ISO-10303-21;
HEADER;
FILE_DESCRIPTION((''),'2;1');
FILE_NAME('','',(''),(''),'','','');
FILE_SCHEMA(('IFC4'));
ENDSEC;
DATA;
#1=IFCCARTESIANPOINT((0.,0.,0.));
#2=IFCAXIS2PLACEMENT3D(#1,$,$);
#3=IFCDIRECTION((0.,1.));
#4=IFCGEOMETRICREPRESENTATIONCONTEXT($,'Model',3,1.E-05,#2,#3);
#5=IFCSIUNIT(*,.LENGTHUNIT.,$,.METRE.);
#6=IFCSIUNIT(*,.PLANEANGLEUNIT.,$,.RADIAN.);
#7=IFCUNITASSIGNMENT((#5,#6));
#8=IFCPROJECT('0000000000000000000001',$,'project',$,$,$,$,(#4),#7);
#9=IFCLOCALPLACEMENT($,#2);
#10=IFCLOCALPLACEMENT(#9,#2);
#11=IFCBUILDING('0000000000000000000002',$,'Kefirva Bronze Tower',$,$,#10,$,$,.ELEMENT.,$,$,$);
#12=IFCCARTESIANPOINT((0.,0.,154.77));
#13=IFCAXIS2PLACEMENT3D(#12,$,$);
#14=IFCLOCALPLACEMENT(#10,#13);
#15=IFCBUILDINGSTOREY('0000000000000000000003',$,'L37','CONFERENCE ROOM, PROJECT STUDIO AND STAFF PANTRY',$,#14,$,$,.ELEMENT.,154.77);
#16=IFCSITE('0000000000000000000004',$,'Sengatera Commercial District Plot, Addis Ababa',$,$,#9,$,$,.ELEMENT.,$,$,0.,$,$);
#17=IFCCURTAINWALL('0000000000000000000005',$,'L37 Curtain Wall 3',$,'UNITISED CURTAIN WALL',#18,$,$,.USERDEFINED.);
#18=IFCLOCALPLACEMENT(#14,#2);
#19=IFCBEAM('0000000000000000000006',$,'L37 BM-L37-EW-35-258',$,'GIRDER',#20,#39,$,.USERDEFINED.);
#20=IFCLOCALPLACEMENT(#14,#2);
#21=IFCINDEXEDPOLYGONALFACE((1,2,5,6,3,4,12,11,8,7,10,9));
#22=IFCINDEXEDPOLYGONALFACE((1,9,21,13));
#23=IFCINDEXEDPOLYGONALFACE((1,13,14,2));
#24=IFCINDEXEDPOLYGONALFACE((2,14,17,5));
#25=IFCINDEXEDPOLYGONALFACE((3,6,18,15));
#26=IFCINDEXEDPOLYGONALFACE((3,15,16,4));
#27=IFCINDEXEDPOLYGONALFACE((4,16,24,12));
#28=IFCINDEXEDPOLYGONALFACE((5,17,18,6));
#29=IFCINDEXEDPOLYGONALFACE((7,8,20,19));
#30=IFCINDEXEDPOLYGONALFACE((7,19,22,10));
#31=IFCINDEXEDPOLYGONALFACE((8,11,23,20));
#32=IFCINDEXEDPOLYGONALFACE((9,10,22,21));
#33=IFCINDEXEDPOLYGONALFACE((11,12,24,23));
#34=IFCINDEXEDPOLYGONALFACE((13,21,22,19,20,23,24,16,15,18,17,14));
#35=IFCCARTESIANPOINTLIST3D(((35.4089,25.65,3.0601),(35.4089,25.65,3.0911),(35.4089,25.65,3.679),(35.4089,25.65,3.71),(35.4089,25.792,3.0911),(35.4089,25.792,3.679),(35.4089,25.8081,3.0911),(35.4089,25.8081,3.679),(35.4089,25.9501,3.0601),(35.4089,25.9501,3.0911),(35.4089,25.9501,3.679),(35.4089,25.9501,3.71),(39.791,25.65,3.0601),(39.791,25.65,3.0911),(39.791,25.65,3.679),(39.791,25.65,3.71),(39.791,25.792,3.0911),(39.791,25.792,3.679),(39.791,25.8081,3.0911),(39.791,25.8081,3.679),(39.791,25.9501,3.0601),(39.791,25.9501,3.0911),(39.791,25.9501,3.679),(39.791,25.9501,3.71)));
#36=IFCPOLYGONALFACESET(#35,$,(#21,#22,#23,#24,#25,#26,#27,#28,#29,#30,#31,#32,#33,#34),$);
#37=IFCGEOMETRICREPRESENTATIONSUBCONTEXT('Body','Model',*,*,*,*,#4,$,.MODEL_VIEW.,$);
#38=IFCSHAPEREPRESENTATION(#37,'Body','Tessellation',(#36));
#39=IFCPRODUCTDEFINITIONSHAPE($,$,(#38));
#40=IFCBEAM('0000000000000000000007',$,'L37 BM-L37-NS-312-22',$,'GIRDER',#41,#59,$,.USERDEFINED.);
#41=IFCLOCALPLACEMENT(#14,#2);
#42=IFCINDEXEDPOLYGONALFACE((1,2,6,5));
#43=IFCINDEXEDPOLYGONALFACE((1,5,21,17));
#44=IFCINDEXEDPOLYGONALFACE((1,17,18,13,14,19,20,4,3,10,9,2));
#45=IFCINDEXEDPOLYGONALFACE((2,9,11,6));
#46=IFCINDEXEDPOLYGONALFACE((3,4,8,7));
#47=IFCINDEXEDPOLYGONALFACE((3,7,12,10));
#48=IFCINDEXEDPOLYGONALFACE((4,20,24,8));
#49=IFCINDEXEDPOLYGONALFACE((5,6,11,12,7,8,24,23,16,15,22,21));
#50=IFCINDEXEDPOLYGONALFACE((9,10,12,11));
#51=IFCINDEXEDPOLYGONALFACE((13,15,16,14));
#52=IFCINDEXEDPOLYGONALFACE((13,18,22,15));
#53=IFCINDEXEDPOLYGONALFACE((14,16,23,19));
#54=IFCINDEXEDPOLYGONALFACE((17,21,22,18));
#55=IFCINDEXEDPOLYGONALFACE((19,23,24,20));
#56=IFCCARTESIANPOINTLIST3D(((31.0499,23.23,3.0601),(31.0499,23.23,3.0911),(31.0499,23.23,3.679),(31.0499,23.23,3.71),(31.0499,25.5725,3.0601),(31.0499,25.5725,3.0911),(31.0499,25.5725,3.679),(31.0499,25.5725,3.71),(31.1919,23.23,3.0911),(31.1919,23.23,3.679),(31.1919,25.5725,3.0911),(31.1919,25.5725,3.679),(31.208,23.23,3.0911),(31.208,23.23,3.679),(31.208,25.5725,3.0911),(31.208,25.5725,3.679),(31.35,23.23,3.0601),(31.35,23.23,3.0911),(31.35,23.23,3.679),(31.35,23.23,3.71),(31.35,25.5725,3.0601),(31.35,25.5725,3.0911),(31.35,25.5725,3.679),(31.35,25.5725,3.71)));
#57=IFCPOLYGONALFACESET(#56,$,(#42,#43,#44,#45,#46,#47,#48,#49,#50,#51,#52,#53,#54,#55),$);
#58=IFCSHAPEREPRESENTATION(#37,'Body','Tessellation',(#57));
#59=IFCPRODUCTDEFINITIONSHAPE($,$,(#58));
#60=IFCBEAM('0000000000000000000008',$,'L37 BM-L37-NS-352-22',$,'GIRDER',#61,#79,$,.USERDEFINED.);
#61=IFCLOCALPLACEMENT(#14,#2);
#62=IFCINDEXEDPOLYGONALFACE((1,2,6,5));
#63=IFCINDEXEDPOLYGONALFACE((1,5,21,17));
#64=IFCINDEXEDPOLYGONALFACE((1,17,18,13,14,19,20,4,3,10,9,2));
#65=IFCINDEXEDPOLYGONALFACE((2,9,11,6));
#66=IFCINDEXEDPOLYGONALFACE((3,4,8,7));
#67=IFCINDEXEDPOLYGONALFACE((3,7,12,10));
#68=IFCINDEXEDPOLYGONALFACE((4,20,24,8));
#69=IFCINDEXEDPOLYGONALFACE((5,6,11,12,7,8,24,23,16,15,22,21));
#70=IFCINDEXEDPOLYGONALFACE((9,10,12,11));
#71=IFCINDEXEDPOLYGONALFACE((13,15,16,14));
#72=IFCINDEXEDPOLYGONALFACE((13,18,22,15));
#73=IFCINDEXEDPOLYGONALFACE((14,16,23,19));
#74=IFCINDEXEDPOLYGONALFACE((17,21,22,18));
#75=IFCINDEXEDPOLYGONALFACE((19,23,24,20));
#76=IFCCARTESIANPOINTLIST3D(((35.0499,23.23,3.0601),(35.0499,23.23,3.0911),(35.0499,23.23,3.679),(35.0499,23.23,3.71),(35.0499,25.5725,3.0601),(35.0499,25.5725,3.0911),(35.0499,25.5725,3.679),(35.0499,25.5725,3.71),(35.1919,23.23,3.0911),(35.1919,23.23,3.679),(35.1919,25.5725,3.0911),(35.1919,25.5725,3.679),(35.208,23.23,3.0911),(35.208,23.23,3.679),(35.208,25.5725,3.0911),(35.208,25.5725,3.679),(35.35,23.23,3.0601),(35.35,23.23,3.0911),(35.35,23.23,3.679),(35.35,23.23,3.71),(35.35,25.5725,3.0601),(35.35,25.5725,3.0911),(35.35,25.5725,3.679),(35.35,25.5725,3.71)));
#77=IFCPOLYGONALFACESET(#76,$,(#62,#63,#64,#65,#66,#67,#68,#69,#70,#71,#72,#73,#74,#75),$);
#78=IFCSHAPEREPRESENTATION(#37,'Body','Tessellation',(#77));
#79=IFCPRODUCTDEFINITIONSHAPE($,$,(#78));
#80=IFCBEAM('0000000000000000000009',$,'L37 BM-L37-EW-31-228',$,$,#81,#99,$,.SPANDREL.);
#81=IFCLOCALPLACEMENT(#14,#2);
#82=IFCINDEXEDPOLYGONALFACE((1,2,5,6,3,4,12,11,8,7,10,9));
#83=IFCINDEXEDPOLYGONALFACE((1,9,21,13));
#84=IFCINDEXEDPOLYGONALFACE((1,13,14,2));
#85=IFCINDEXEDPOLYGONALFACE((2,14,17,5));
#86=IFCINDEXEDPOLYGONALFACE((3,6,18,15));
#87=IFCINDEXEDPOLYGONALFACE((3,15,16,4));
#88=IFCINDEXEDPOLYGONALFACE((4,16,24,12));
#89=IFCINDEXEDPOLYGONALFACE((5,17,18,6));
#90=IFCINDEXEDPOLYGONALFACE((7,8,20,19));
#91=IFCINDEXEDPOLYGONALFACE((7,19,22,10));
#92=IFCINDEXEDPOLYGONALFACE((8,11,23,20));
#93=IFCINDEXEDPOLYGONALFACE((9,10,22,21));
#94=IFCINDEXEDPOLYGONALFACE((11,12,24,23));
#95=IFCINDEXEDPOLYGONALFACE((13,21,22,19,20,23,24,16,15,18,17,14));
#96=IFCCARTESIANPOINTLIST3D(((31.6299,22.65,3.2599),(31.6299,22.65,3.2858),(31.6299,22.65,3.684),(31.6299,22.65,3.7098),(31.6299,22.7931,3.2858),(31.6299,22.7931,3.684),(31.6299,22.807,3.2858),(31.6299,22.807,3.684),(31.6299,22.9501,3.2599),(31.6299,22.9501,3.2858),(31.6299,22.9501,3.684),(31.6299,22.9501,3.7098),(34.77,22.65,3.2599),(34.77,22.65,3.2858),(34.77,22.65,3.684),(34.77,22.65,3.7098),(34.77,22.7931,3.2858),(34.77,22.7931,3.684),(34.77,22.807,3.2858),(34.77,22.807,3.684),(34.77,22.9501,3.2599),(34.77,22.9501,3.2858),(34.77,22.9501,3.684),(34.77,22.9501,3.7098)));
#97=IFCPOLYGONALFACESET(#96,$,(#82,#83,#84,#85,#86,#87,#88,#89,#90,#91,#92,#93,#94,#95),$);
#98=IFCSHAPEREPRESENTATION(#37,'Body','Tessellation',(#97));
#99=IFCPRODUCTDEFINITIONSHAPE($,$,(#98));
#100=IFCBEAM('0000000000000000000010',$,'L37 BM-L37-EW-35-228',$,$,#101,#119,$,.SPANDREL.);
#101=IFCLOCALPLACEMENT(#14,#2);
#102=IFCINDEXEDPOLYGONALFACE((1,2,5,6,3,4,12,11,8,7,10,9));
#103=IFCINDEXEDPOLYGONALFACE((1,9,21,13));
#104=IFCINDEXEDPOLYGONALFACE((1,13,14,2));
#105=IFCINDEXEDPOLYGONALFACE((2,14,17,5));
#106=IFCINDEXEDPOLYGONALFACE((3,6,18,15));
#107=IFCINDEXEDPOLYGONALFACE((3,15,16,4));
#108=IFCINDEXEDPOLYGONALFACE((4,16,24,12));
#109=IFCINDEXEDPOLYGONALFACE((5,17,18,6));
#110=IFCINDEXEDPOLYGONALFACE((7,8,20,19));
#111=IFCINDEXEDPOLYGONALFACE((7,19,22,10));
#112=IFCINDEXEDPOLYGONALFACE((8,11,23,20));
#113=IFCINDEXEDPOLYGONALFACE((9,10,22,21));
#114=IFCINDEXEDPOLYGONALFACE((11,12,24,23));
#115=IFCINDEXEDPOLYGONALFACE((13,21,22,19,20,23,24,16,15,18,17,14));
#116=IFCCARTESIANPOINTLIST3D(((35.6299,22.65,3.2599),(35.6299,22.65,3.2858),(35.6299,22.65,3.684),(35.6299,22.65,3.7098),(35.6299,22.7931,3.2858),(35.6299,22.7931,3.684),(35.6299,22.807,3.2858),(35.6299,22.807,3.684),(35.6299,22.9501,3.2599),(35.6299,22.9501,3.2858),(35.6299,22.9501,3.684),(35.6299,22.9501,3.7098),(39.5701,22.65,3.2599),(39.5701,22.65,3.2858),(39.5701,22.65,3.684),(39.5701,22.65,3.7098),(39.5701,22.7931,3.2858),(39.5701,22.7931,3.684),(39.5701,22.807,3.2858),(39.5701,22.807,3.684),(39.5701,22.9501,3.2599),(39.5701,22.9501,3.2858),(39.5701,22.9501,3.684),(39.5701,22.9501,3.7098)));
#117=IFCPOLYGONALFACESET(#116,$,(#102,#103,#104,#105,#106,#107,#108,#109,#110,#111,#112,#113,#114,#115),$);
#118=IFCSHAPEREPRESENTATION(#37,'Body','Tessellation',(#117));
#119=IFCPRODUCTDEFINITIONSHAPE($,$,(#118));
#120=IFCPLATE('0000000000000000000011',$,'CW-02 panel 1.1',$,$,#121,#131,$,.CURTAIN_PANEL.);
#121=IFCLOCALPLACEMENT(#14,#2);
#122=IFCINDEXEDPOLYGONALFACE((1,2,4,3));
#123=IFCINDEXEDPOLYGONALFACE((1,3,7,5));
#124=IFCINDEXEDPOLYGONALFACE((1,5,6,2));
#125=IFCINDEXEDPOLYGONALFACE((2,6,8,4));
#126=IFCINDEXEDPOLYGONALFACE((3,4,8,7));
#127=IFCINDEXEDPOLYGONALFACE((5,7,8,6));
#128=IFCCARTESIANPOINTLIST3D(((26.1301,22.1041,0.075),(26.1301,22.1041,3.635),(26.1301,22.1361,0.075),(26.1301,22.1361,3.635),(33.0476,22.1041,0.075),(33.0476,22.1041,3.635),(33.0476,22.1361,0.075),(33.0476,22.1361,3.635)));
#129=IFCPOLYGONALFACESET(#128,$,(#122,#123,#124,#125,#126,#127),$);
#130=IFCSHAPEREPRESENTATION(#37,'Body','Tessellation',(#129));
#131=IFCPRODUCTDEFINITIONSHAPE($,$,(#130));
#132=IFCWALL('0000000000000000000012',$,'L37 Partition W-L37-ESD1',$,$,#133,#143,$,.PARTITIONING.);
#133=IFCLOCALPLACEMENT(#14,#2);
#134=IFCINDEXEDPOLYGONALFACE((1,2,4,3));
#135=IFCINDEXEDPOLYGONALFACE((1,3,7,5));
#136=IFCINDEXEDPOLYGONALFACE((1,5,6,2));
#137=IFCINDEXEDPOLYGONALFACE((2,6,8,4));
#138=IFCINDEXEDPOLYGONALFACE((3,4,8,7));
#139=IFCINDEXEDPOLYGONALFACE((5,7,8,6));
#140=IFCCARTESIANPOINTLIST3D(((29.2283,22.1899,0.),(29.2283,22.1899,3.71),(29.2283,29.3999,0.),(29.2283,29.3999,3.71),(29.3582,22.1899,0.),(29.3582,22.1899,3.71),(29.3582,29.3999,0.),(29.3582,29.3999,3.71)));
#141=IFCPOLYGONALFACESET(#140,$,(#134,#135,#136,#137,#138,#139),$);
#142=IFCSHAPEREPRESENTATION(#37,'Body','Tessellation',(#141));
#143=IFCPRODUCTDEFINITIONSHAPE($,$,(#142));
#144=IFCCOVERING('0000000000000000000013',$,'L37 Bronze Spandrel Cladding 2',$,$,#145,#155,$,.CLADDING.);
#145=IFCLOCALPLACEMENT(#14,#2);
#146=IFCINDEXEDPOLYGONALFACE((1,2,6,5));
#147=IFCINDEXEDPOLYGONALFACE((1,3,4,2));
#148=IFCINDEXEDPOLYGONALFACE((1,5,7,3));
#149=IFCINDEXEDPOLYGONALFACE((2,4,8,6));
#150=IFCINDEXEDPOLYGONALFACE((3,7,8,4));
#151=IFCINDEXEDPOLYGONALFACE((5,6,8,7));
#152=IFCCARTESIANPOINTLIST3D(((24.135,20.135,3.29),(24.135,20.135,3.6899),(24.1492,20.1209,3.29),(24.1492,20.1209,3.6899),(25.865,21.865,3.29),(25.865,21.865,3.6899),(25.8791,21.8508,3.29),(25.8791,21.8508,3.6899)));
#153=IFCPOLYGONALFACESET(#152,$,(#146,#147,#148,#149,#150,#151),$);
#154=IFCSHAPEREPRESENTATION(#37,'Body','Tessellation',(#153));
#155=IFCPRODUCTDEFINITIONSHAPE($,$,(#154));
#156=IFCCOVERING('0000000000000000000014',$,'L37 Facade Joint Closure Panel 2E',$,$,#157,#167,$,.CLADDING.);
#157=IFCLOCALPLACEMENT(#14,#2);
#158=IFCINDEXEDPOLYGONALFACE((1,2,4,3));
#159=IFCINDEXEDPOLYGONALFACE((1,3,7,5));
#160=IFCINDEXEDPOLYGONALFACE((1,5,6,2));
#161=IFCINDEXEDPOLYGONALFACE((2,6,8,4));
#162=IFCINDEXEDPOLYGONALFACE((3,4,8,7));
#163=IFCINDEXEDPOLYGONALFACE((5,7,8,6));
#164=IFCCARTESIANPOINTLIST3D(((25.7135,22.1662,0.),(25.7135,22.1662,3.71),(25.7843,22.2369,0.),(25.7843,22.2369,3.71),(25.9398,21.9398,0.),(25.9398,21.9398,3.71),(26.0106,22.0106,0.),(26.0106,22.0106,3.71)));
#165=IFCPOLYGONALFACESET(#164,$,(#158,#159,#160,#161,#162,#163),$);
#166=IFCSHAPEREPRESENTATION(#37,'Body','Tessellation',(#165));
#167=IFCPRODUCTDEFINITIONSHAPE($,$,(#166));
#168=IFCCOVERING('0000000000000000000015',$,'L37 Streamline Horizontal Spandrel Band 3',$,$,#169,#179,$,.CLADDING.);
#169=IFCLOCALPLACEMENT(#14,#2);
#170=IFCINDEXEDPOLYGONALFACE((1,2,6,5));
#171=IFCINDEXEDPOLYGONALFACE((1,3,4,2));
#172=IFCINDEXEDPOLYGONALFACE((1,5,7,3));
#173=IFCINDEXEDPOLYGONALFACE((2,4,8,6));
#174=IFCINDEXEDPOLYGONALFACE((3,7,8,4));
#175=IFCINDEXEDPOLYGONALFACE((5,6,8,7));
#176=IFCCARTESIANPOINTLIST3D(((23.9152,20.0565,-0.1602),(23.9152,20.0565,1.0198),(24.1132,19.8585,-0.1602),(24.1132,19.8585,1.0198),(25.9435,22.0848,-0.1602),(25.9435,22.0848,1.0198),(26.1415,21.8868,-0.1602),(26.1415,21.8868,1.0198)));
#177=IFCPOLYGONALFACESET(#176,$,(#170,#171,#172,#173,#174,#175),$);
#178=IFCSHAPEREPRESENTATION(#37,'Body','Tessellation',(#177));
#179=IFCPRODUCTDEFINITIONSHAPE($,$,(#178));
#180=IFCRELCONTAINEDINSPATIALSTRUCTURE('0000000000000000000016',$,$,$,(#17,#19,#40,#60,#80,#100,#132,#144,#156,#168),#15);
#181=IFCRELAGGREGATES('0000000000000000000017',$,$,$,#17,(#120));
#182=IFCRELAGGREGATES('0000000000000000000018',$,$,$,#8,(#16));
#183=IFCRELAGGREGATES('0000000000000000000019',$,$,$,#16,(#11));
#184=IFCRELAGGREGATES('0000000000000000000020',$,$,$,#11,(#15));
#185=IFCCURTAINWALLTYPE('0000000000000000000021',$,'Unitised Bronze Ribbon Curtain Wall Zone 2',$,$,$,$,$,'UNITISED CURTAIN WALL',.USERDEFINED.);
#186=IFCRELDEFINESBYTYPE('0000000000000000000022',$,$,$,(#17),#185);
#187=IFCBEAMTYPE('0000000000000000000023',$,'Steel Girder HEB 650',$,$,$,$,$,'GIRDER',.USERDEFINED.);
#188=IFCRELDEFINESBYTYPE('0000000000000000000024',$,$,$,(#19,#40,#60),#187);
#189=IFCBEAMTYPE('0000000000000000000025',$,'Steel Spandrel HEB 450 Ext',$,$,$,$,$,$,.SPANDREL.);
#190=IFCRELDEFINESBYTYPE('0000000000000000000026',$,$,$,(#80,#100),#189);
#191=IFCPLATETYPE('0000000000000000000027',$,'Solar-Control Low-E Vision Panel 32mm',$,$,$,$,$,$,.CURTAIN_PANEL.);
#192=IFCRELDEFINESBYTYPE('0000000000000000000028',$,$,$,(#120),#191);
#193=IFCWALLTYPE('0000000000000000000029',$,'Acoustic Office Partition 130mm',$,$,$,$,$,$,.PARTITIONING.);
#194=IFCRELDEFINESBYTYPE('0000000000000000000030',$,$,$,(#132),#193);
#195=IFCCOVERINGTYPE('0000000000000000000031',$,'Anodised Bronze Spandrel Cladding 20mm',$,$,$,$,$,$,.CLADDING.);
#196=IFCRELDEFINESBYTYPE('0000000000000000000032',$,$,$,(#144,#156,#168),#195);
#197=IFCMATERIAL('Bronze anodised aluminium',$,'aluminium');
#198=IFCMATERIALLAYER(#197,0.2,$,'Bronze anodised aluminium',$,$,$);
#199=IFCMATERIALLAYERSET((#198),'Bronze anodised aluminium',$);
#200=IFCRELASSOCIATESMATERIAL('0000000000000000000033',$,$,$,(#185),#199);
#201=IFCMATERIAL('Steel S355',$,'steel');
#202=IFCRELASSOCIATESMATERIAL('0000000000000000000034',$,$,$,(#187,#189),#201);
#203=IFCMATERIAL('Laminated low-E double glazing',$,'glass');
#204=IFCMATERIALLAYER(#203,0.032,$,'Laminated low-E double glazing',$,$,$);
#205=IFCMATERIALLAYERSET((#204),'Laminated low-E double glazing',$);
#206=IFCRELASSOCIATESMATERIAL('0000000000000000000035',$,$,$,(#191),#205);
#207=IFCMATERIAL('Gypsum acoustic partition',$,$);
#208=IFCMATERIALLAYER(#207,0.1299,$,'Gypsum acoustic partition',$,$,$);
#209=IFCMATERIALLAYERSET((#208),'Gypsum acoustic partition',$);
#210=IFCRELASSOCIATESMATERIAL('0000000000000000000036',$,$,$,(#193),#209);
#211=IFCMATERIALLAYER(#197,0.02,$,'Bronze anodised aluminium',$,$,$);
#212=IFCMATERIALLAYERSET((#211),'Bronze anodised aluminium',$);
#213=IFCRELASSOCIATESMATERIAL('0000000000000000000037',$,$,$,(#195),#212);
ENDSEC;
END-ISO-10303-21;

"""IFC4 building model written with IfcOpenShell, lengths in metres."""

from ifc_helpers import new_model, si_unit, direction, frame, frame_2d, origin, origin_2d, place, context, subcontext, project, spatial, rectangle, i_section, extrude, material, layer, layer_set, material_profile, profile_set, type_object, element, aggregate, save


model = new_model("IFC4")

# Units and contexts
model_context = context("Model", 3, precision=1e-05, world=origin(), true_north=direction((0.0, 1.0)))
body_context = subcontext(model_context, "Body", "Model", "MODEL_VIEW")
ifc_project = project(units=[si_unit("LENGTHUNIT", "METRE"), si_unit("PLANEANGLEUNIT", "RADIAN")], contexts=[model_context])

# Site, building, storey
site_placement = place(None, origin())
site = spatial("IfcSite", under=ifc_project, at=site_placement, Name="Sengatera Commercial District Plot, Addis Ababa", CompositionType="ELEMENT", RefElevation=0.0)
building_placement = place(site_placement, origin())
building = spatial("IfcBuilding", under=site, at=building_placement, Name="Kefirva Bronze Tower", CompositionType="ELEMENT")
storey_placement = place(building_placement, frame((0.0, 0.0, 154.77)))
storey = spatial("IfcBuildingStorey", under=building, at=storey_placement, Name="L37", Description="CONFERENCE ROOM, PROJECT STUDIO AND STAFF PANTRY", CompositionType="ELEMENT", Elevation=154.77)

# Curtain wall
ifc_material_1 = material(Name="Bronze anodised aluminium", Category="aluminium")
ifc_layer_1 = layer(ifc_material_1, 0.2, Name="Bronze anodised aluminium")
ifc_layer_set_1 = layer_set([ifc_layer_1], Name="Bronze anodised aluminium")
curtain_wall_type = type_object("IfcCurtainWallType", Name="Unitised Bronze Ribbon Curtain Wall Zone 2", ElementType="UNITISED CURTAIN WALL", PredefinedType="USERDEFINED", material=ifc_layer_set_1)
curtain_wall_placement = place(storey_placement, origin())
curtain_wall = element("IfcCurtainWall", 1, at=curtain_wall_placement, inside=storey, type_object=curtain_wall_type, Name="L37 Curtain Wall 3", ObjectType="UNITISED CURTAIN WALL", PredefinedType="USERDEFINED")

# Beams
ifc_material_2 = material(Name="Steel S355", Category="steel")
ifc_material_profile_1 = material_profile(ifc_material_2, i_section(OverallWidth=0.3, OverallDepth=0.6499, WebThickness=0.0161, FlangeThickness=0.031, at=origin_2d()), Name="HEB 650")
ifc_profile_set_1 = profile_set([ifc_material_profile_1], Name="Steel S355")
beam_type_1 = type_object("IfcBeamType", Name="Steel Girder HEB 650", ElementType="GIRDER", PredefinedType="USERDEFINED", material=ifc_profile_set_1)
beam_1_placement = place(storey_placement, frame((35.4089, 25.8, 3.385), z_axis=(1.0, 0.0, 0.0), x_axis=(0.0, 1.0, 0.0)))
element("IfcBeam", 2, at=beam_1_placement, inside=storey, type_object=beam_type_1, Name="L37 BM-L37-EW-35-258", ObjectType="GIRDER", PredefinedType="USERDEFINED", context=body_context, shape_type="SweptSolid", body=[
    extrude(i_section(OverallWidth=0.3, OverallDepth=0.6499, WebThickness=0.0161, FlangeThickness=0.031, at=origin_2d()), origin(), (0.0, 0.0, 1.0), 4.3821),
])
for number, where, z_axis, x_axis, name in (
    (3, (31.2, 23.23, 3.385), (0.0, 1.0, 0.0), (-1.0, 0.0, 0.0), "L37 BM-L37-NS-312-22"),
    (4, (35.2, 23.23, 3.385), (0.0, 1.0, 0.0), (-1.0, 0.0, 0.0), "L37 BM-L37-NS-352-22"),
):
    element("IfcBeam", number, at=place(storey_placement, frame(where, z_axis=z_axis, x_axis=x_axis)), inside=storey, type_object=beam_type_1, Name=name, ObjectType="GIRDER", PredefinedType="USERDEFINED", context=body_context, shape_type="SweptSolid", body=[
        extrude(i_section(OverallWidth=0.3, OverallDepth=0.6499, WebThickness=0.0161, FlangeThickness=0.031, at=origin_2d()), origin(), (0.0, 0.0, 1.0), 2.3425),
    ])
ifc_material_profile_2 = material_profile(ifc_material_2, i_section(OverallWidth=0.3, OverallDepth=0.45, WebThickness=0.0139, FlangeThickness=0.0259, at=origin_2d()), Name="HEB 450")
ifc_profile_set_2 = profile_set([ifc_material_profile_2], Name="Steel S355")
beam_type_2 = type_object("IfcBeamType", Name="Steel Spandrel HEB 450 Ext", PredefinedType="SPANDREL", material=ifc_profile_set_2)
beam_2_placement = place(storey_placement, frame((31.6299, 22.8, 3.4849), z_axis=(1.0, 0.0, 0.0), x_axis=(0.0, 1.0, 0.0)))
element("IfcBeam", 5, at=beam_2_placement, inside=storey, type_object=beam_type_2, Name="L37 BM-L37-EW-31-228", PredefinedType="SPANDREL", context=body_context, shape_type="SweptSolid", body=[
    extrude(i_section(OverallWidth=0.3, OverallDepth=0.45, WebThickness=0.0139, FlangeThickness=0.0259, at=origin_2d()), origin(), (0.0, 0.0, 1.0), 3.1401),
])
beam_3_placement = place(storey_placement, frame((35.6299, 22.8, 3.4849), z_axis=(1.0, 0.0, 0.0), x_axis=(0.0, 1.0, 0.0)))
element("IfcBeam", 6, at=beam_3_placement, inside=storey, type_object=beam_type_2, Name="L37 BM-L37-EW-35-228", PredefinedType="SPANDREL", context=body_context, shape_type="SweptSolid", body=[
    extrude(i_section(OverallWidth=0.3, OverallDepth=0.45, WebThickness=0.0139, FlangeThickness=0.0259, at=origin_2d()), origin(), (0.0, 0.0, 1.0), 3.9402),
])

# Plate
ifc_material_3 = material(Name="Laminated low-E double glazing", Category="glass")
ifc_layer_2 = layer(ifc_material_3, 0.032, Name="Laminated low-E double glazing")
ifc_layer_set_2 = layer_set([ifc_layer_2], Name="Laminated low-E double glazing")
plate_type = type_object("IfcPlateType", Name="Solar-Control Low-E Vision Panel 32mm", PredefinedType="CURTAIN_PANEL", material=ifc_layer_set_2)
plate_placement = place(storey_placement, frame((29.5889, 22.1201, 0.075), z_axis=(0.0, 0.0, 1.0), x_axis=(1.0, 0.0, 0.0)))
plate = element("IfcPlate", 7, at=plate_placement, type_object=plate_type, Name="CW-02 panel 1.1", PredefinedType="CURTAIN_PANEL", context=body_context, shape_type="SweptSolid", body=[
    extrude(rectangle(XDim=6.9175, YDim=0.032, at=origin_2d()), origin(), (0.0, 0.0, 1.0), 3.5601),
])
aggregate(curtain_wall, [plate])

# Wall
ifc_material_4 = material(Name="Gypsum acoustic partition")
ifc_layer_3 = layer(ifc_material_4, 0.1299, Name="Gypsum acoustic partition")
ifc_layer_set_3 = layer_set([ifc_layer_3], Name="Gypsum acoustic partition")
wall_type = type_object("IfcWallType", Name="Acoustic Office Partition 130mm", PredefinedType="PARTITIONING", material=ifc_layer_set_3)
wall_placement = place(storey_placement, frame((29.2932, 22.1899, 0.0), z_axis=(0.0, 0.0, 1.0), x_axis=(0.0, 1.0, 0.0)))
element("IfcWall", 8, at=wall_placement, inside=storey, type_object=wall_type, Name="L37 Partition W-L37-ESD1", PredefinedType="PARTITIONING", context=body_context, shape_type="SweptSolid", body=[
    extrude(rectangle(XDim=7.21, YDim=0.1299, at=frame_2d((3.605, 0.0))), origin(), (0.0, 0.0, 1.0), 3.71),
])

# Coverings
ifc_layer_4 = layer(ifc_material_1, 0.02, Name="Bronze anodised aluminium")
ifc_layer_set_4 = layer_set([ifc_layer_4], Name="Bronze anodised aluminium")
covering_type_1 = type_object("IfcCoveringType", Name="Anodised Bronze Spandrel Cladding 20mm", PredefinedType="CLADDING", material=ifc_layer_set_4)
covering_1_placement = place(storey_placement, frame((25.0071, 20.9929, 3.29), z_axis=(0.0, 0.0, 1.0), x_axis=(0.707107, 0.707107, 0.0)))
element("IfcCovering", 9, at=covering_1_placement, inside=storey, type_object=covering_type_1, Name="L37 Bronze Spandrel Cladding 2", PredefinedType="CLADDING", context=body_context, shape_type="SweptSolid", body=[
    extrude(rectangle(XDim=2.4465, YDim=0.02, at=origin_2d()), origin(), (0.0, 0.0, 1.0), 0.3999),
])
covering_2_placement = place(storey_placement, frame((25.8621, 22.0884, 0.0), z_axis=(0.0, 0.0, 1.0), x_axis=(0.707107, 0.707107, 0.0)))
element("IfcCovering", 10, at=covering_2_placement, inside=storey, type_object=covering_type_1, Name="L37 Facade Joint Closure Panel 2E", PredefinedType="CLADDING", context=body_context, shape_type="SweptSolid", body=[
    extrude(rectangle(XDim=0.1001, YDim=0.3201, at=origin_2d()), origin(), (0.0, 0.0, 1.0), 3.71),
])
covering_3_placement = place(storey_placement, frame((25.0283, 20.9717, -0.1602), z_axis=(0.0, 0.0, 1.0), x_axis=(0.707107, 0.707107, 0.0)))
element("IfcCovering", 11, at=covering_3_placement, inside=storey, type_object=covering_type_1, Name="L37 Streamline Horizontal Spandrel Band 3", PredefinedType="CLADDING", context=body_context, shape_type="SweptSolid", body=[
    extrude(rectangle(XDim=2.8684, YDim=0.28, at=origin_2d()), origin(), (0.0, 0.0, 1.0), 1.1799),
])

save(model, "model.ifc")
